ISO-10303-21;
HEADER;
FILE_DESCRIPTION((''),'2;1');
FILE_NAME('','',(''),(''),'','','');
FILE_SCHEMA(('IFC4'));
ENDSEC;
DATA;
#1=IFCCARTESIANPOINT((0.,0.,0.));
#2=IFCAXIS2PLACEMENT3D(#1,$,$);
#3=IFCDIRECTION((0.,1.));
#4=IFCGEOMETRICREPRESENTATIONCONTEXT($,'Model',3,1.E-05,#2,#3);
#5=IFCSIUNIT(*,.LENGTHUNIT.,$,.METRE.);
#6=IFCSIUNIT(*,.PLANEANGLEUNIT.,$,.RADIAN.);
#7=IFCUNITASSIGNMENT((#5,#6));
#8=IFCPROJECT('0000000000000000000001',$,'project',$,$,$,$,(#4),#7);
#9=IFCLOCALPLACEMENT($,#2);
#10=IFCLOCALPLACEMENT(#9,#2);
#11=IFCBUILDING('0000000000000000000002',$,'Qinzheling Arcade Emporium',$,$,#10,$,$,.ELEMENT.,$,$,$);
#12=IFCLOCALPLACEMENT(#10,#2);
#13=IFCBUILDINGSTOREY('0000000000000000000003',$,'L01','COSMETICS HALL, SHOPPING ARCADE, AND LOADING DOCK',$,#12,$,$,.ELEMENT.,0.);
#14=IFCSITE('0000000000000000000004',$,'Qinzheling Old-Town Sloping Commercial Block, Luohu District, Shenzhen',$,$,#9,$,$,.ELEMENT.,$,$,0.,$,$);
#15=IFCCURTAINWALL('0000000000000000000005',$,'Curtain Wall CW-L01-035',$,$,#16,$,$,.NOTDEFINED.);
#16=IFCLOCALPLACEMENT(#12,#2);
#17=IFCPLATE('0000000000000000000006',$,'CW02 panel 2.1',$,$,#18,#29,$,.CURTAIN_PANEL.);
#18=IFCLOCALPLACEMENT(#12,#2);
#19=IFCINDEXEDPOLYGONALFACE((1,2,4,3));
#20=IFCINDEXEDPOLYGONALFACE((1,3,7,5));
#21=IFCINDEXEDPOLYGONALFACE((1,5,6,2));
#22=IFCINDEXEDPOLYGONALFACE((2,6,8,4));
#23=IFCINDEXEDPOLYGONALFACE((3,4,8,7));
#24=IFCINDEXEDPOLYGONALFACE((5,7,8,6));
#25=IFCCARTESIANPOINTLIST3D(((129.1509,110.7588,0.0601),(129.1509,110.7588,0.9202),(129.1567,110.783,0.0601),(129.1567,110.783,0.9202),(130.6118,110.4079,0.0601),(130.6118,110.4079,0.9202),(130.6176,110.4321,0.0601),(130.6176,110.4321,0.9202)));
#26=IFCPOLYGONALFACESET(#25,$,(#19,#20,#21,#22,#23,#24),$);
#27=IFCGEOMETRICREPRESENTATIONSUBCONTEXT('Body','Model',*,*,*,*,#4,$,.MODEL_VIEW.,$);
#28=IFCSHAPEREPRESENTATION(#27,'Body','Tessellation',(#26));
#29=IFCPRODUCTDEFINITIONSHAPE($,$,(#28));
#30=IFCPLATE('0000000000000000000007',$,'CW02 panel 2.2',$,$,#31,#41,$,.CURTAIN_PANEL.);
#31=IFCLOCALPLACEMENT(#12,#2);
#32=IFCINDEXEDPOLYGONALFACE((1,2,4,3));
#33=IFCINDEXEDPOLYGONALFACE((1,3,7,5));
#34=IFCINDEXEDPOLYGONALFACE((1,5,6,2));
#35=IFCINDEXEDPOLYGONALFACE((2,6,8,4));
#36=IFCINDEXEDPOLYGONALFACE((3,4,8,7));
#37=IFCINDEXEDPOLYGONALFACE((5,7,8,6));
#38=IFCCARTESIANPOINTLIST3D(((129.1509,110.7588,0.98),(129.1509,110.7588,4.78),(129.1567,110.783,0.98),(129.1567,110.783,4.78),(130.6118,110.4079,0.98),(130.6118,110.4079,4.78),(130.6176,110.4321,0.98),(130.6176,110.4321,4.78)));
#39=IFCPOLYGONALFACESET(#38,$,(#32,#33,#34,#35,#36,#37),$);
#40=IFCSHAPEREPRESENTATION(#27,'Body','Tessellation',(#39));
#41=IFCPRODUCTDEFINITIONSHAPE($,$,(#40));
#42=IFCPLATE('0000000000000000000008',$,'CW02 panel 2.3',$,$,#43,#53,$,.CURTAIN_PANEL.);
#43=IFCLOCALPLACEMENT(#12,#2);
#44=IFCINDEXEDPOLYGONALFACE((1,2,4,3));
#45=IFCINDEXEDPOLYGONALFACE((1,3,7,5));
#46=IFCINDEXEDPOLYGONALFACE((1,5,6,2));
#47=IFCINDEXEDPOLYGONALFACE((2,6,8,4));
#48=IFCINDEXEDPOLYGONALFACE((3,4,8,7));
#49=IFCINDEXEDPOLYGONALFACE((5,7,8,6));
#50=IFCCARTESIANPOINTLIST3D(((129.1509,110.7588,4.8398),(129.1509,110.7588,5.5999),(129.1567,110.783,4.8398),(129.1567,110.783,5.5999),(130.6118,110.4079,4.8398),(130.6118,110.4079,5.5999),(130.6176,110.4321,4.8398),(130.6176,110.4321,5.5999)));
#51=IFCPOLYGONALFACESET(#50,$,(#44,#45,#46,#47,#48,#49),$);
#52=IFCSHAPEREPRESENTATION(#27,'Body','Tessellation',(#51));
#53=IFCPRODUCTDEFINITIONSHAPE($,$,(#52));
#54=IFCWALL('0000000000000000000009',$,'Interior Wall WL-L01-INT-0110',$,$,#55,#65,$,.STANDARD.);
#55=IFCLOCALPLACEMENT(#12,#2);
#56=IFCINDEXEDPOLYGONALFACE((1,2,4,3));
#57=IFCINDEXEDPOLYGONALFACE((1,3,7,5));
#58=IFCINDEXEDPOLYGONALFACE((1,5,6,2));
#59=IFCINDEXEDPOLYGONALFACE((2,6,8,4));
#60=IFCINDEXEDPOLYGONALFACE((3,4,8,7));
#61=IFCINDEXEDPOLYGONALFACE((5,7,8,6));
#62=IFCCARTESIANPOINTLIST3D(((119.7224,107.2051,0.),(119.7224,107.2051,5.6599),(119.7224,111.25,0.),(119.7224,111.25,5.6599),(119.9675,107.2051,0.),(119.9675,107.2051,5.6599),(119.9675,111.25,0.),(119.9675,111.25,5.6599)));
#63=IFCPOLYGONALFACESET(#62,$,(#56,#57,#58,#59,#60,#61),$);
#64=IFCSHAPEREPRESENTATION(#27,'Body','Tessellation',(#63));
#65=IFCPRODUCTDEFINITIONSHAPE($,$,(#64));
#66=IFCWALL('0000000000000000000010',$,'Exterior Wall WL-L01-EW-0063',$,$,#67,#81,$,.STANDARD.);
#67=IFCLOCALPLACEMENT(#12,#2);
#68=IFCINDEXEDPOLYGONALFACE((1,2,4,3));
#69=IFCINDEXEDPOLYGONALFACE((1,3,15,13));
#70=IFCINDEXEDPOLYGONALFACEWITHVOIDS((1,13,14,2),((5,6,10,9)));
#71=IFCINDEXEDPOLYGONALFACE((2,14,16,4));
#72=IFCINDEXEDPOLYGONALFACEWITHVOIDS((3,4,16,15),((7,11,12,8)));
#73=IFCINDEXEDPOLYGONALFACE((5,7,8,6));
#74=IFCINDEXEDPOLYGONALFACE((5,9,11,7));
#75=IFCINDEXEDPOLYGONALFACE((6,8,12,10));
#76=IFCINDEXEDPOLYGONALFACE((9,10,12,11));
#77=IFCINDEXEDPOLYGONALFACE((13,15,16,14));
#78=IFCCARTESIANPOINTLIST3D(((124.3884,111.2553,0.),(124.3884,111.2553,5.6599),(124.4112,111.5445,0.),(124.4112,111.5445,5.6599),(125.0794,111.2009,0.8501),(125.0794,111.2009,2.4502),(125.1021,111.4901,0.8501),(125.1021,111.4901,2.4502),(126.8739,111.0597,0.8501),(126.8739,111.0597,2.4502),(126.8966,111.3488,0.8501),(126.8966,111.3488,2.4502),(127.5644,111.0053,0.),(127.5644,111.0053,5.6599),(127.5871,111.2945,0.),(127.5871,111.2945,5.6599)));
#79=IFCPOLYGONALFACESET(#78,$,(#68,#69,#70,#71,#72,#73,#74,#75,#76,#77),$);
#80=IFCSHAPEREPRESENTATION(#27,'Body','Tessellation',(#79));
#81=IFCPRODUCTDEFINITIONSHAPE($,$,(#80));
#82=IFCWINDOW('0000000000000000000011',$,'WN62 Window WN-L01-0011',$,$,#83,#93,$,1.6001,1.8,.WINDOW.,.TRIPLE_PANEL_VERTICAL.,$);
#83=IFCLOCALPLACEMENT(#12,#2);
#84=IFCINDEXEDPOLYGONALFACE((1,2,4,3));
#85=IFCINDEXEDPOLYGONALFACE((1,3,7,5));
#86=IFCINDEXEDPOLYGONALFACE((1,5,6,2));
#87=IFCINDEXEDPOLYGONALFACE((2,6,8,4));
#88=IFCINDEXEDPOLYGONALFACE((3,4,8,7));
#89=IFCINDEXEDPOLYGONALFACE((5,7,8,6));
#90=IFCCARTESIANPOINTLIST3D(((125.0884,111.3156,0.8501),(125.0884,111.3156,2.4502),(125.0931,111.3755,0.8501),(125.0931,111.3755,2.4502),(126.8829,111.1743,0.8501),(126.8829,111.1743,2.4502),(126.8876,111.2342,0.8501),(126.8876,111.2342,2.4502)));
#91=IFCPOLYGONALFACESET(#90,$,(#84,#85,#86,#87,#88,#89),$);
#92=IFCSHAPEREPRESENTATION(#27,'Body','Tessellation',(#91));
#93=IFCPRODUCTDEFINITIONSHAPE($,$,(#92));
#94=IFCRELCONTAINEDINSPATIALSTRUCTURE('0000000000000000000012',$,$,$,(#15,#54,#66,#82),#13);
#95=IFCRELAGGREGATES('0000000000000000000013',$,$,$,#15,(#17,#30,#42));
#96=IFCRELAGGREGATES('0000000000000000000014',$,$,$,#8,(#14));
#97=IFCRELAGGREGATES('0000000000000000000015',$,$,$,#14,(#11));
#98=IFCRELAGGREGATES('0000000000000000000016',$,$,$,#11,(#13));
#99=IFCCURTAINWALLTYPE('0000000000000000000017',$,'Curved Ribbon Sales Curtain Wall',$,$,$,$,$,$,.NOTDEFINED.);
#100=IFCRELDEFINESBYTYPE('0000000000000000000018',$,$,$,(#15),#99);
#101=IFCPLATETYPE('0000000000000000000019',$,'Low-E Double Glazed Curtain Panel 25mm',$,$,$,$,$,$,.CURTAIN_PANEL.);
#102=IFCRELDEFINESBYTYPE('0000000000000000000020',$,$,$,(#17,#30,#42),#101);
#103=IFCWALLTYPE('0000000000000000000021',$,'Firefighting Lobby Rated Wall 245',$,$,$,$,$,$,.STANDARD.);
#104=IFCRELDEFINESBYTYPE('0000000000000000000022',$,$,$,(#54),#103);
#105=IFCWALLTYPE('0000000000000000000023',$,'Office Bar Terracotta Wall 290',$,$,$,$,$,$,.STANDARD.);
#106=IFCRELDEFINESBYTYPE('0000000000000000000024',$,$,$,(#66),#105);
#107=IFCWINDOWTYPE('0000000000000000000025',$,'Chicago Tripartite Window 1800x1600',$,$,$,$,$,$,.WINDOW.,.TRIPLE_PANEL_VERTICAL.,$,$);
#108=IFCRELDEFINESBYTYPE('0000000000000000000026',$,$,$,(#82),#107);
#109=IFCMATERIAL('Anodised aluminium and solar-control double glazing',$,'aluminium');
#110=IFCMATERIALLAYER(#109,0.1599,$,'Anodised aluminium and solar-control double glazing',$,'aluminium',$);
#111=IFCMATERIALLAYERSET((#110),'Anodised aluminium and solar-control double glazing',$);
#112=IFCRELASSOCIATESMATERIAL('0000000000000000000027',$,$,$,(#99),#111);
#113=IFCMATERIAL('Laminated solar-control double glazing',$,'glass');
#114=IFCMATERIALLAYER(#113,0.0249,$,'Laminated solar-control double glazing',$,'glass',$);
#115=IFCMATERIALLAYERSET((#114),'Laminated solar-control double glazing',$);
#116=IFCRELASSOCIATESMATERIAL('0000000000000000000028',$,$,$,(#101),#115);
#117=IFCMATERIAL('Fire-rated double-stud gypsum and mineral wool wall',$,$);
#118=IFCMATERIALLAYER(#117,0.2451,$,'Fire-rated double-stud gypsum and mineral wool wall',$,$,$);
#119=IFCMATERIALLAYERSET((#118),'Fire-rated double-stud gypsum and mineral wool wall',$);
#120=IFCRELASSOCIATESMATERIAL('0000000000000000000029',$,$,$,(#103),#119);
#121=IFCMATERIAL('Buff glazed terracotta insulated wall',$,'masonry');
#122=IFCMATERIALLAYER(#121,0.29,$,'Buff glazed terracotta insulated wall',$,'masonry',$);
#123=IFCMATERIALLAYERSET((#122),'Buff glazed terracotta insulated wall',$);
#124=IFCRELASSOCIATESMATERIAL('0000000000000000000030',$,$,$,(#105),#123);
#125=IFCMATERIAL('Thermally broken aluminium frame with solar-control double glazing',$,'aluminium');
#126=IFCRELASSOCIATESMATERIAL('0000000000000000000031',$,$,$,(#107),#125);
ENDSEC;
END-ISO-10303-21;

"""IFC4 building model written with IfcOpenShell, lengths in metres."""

from ifc_helpers import new_model, si_unit, direction, frame, frame_2d, origin, origin_2d, place, context, subcontext, project, spatial, rectangle, extrude, material, layer, layer_set, type_object, element, fill, aggregate, save


model = new_model("IFC4")

# Units and contexts
model_context = context("Model", 3, precision=1e-05, world=origin(), true_north=direction((0.0, 1.0)))
body_context = subcontext(model_context, "Body", "Model", "MODEL_VIEW")
ifc_project = project(units=[si_unit("LENGTHUNIT", "METRE"), si_unit("PLANEANGLEUNIT", "RADIAN")], contexts=[model_context])

# Site, building, storey
site_placement = place(None, origin())
site = spatial("IfcSite", under=ifc_project, at=site_placement, Name="Qinzheling Old-Town Sloping Commercial Block, Luohu District, Shenzhen", CompositionType="ELEMENT", RefElevation=0.0)
building_placement = place(site_placement, origin())
building = spatial("IfcBuilding", under=site, at=building_placement, Name="Qinzheling Arcade Emporium", CompositionType="ELEMENT")
storey_placement = place(building_placement, origin())
storey = spatial("IfcBuildingStorey", under=building, at=storey_placement, Name="L01", Description="COSMETICS HALL, SHOPPING ARCADE, AND LOADING DOCK", CompositionType="ELEMENT", Elevation=0.0)

# Curtain wall
ifc_material_1 = material(Name="Anodised aluminium and solar-control double glazing", Category="aluminium")
ifc_layer_1 = layer(ifc_material_1, 0.1599, Name="Anodised aluminium and solar-control double glazing", Category="aluminium")
ifc_layer_set_1 = layer_set([ifc_layer_1], Name="Anodised aluminium and solar-control double glazing")
curtain_wall_type = type_object("IfcCurtainWallType", Name="Curved Ribbon Sales Curtain Wall", PredefinedType="NOTDEFINED", material=ifc_layer_set_1)
curtain_wall_placement = place(storey_placement, origin())
curtain_wall = element("IfcCurtainWall", 1, at=curtain_wall_placement, inside=storey, type_object=curtain_wall_type, Name="Curtain Wall CW-L01-035", PredefinedType="NOTDEFINED")

# Plates
ifc_material_2 = material(Name="Laminated solar-control double glazing", Category="glass")
ifc_layer_2 = layer(ifc_material_2, 0.0249, Name="Laminated solar-control double glazing", Category="glass")
ifc_layer_set_2 = layer_set([ifc_layer_2], Name="Laminated solar-control double glazing")
plate_type = type_object("IfcPlateType", Name="Low-E Double Glazed Curtain Panel 25mm", PredefinedType="CURTAIN_PANEL", material=ifc_layer_set_2)
plate_1_placement = place(storey_placement, frame((129.8843, 110.5955, 0.0601), z_axis=(0.0, 0.0, 1.0), x_axis=(0.972336, -0.233587, 0.0)))
plate_1 = element("IfcPlate", 2, at=plate_1_placement, type_object=plate_type, Name="CW02 panel 2.1", PredefinedType="CURTAIN_PANEL", context=body_context, shape_type="SweptSolid", body=[
    extrude(rectangle(XDim=1.5024, YDim=0.0249, at=origin_2d()), origin(), (0.0, 0.0, 1.0), 0.8601),
])
plate_2_placement = place(storey_placement, frame((129.8843, 110.5955, 0.98), z_axis=(0.0, 0.0, 1.0), x_axis=(0.972336, -0.233587, 0.0)))
plate_2 = element("IfcPlate", 3, at=plate_2_placement, type_object=plate_type, Name="CW02 panel 2.2", PredefinedType="CURTAIN_PANEL", context=body_context, shape_type="SweptSolid", body=[
    extrude(rectangle(XDim=1.5024, YDim=0.0249, at=origin_2d()), origin(), (0.0, 0.0, 1.0), 3.8),
])
plate_3_placement = place(storey_placement, frame((129.8843, 110.5955, 4.8398), z_axis=(0.0, 0.0, 1.0), x_axis=(0.972336, -0.233587, 0.0)))
plate_3 = element("IfcPlate", 4, at=plate_3_placement, type_object=plate_type, Name="CW02 panel 2.3", PredefinedType="CURTAIN_PANEL", context=body_context, shape_type="SweptSolid", body=[
    extrude(rectangle(XDim=1.5024, YDim=0.0249, at=origin_2d()), origin(), (0.0, 0.0, 1.0), 0.76),
])
aggregate(curtain_wall, [plate_1, plate_2, plate_3])

# Wall
ifc_material_3 = material(Name="Fire-rated double-stud gypsum and mineral wool wall")
ifc_layer_3 = layer(ifc_material_3, 0.2451, Name="Fire-rated double-stud gypsum and mineral wool wall")
ifc_layer_set_3 = layer_set([ifc_layer_3], Name="Fire-rated double-stud gypsum and mineral wool wall")
wall_type_1 = type_object("IfcWallType", Name="Firefighting Lobby Rated Wall 245", PredefinedType="STANDARD", material=ifc_layer_set_3)
wall_1_placement = place(storey_placement, frame((119.845, 111.25, 0.0), z_axis=(0.0, 0.0, 1.0), x_axis=(0.0, -1.0, 0.0)))
element("IfcWall", 5, at=wall_1_placement, inside=storey, type_object=wall_type_1, Name="Interior Wall WL-L01-INT-0110", PredefinedType="STANDARD", context=body_context, shape_type="SweptSolid", body=[
    extrude(rectangle(XDim=4.0449, YDim=0.2451, at=frame_2d((2.0225, 0.0))), origin(), (0.0, 0.0, 1.0), 5.6599),
])

# Wall, opening, window
ifc_material_4 = material(Name="Buff glazed terracotta insulated wall", Category="masonry")
ifc_layer_4 = layer(ifc_material_4, 0.29, Name="Buff glazed terracotta insulated wall", Category="masonry")
ifc_layer_set_4 = layer_set([ifc_layer_4], Name="Buff glazed terracotta insulated wall")
wall_type_2 = type_object("IfcWallType", Name="Office Bar Terracotta Wall 290", PredefinedType="STANDARD", material=ifc_layer_set_4)
wall_2_placement = place(storey_placement, frame((124.3999, 111.3999, 0.0), z_axis=(0.0, 0.0, 1.0), x_axis=(0.996916, -0.078472, 0.0)))
wall_2 = element("IfcWall", 6, at=wall_2_placement, inside=storey, type_object=wall_type_2, Name="Exterior Wall WL-L01-EW-0063", PredefinedType="STANDARD", context=body_context, shape_type="SweptSolid", body=[
    extrude(rectangle(XDim=3.1858, YDim=0.29, at=frame_2d((1.5928, 0.0))), origin(), (0.0, 0.0, 1.0), 5.6599),
])
opening_placement = place(wall_2_placement, frame((0.6931, 0.0, 0.8501)))
opening = element("IfcOpeningElement", 7, at=opening_placement, cuts=wall_2, PredefinedType="OPENING", context=body_context, shape_type="SweptSolid", body=[
    extrude(rectangle(XDim=1.8, YDim=1.6001, at=frame_2d((0.8999, 0.8))), frame((0.0, 0.155, 0.0), z_axis=(0.0, -1.0, 0.0), x_axis=(1.0, 0.0, 0.0)), (0.0, 0.0, 1.0), 0.3101),
])
ifc_material_5 = material(Name="Thermally broken aluminium frame with solar-control double glazing", Category="aluminium")
window_type = type_object("IfcWindowType", Name="Chicago Tripartite Window 1800x1600", PartitioningType="TRIPLE_PANEL_VERTICAL", PredefinedType="WINDOW", material=ifc_material_5)
window_placement = place(opening_placement, origin())
window = element("IfcWindow", 8, at=window_placement, inside=storey, type_object=window_type, Name="WN62 Window WN-L01-0011", OverallHeight=1.6001, OverallWidth=1.8, PartitioningType="TRIPLE_PANEL_VERTICAL", PredefinedType="WINDOW", context=body_context, shape_type="SweptSolid", body=[
    extrude(rectangle(XDim=1.8, YDim=1.6001, at=frame_2d((0.8999, 0.8))), frame((0.0, 0.03, 0.0), z_axis=(0.0, -1.0, 0.0), x_axis=(1.0, 0.0, 0.0)), (0.0, 0.0, 1.0), 0.0601),
])
fill(opening, window)

save(model, "model.ifc")
